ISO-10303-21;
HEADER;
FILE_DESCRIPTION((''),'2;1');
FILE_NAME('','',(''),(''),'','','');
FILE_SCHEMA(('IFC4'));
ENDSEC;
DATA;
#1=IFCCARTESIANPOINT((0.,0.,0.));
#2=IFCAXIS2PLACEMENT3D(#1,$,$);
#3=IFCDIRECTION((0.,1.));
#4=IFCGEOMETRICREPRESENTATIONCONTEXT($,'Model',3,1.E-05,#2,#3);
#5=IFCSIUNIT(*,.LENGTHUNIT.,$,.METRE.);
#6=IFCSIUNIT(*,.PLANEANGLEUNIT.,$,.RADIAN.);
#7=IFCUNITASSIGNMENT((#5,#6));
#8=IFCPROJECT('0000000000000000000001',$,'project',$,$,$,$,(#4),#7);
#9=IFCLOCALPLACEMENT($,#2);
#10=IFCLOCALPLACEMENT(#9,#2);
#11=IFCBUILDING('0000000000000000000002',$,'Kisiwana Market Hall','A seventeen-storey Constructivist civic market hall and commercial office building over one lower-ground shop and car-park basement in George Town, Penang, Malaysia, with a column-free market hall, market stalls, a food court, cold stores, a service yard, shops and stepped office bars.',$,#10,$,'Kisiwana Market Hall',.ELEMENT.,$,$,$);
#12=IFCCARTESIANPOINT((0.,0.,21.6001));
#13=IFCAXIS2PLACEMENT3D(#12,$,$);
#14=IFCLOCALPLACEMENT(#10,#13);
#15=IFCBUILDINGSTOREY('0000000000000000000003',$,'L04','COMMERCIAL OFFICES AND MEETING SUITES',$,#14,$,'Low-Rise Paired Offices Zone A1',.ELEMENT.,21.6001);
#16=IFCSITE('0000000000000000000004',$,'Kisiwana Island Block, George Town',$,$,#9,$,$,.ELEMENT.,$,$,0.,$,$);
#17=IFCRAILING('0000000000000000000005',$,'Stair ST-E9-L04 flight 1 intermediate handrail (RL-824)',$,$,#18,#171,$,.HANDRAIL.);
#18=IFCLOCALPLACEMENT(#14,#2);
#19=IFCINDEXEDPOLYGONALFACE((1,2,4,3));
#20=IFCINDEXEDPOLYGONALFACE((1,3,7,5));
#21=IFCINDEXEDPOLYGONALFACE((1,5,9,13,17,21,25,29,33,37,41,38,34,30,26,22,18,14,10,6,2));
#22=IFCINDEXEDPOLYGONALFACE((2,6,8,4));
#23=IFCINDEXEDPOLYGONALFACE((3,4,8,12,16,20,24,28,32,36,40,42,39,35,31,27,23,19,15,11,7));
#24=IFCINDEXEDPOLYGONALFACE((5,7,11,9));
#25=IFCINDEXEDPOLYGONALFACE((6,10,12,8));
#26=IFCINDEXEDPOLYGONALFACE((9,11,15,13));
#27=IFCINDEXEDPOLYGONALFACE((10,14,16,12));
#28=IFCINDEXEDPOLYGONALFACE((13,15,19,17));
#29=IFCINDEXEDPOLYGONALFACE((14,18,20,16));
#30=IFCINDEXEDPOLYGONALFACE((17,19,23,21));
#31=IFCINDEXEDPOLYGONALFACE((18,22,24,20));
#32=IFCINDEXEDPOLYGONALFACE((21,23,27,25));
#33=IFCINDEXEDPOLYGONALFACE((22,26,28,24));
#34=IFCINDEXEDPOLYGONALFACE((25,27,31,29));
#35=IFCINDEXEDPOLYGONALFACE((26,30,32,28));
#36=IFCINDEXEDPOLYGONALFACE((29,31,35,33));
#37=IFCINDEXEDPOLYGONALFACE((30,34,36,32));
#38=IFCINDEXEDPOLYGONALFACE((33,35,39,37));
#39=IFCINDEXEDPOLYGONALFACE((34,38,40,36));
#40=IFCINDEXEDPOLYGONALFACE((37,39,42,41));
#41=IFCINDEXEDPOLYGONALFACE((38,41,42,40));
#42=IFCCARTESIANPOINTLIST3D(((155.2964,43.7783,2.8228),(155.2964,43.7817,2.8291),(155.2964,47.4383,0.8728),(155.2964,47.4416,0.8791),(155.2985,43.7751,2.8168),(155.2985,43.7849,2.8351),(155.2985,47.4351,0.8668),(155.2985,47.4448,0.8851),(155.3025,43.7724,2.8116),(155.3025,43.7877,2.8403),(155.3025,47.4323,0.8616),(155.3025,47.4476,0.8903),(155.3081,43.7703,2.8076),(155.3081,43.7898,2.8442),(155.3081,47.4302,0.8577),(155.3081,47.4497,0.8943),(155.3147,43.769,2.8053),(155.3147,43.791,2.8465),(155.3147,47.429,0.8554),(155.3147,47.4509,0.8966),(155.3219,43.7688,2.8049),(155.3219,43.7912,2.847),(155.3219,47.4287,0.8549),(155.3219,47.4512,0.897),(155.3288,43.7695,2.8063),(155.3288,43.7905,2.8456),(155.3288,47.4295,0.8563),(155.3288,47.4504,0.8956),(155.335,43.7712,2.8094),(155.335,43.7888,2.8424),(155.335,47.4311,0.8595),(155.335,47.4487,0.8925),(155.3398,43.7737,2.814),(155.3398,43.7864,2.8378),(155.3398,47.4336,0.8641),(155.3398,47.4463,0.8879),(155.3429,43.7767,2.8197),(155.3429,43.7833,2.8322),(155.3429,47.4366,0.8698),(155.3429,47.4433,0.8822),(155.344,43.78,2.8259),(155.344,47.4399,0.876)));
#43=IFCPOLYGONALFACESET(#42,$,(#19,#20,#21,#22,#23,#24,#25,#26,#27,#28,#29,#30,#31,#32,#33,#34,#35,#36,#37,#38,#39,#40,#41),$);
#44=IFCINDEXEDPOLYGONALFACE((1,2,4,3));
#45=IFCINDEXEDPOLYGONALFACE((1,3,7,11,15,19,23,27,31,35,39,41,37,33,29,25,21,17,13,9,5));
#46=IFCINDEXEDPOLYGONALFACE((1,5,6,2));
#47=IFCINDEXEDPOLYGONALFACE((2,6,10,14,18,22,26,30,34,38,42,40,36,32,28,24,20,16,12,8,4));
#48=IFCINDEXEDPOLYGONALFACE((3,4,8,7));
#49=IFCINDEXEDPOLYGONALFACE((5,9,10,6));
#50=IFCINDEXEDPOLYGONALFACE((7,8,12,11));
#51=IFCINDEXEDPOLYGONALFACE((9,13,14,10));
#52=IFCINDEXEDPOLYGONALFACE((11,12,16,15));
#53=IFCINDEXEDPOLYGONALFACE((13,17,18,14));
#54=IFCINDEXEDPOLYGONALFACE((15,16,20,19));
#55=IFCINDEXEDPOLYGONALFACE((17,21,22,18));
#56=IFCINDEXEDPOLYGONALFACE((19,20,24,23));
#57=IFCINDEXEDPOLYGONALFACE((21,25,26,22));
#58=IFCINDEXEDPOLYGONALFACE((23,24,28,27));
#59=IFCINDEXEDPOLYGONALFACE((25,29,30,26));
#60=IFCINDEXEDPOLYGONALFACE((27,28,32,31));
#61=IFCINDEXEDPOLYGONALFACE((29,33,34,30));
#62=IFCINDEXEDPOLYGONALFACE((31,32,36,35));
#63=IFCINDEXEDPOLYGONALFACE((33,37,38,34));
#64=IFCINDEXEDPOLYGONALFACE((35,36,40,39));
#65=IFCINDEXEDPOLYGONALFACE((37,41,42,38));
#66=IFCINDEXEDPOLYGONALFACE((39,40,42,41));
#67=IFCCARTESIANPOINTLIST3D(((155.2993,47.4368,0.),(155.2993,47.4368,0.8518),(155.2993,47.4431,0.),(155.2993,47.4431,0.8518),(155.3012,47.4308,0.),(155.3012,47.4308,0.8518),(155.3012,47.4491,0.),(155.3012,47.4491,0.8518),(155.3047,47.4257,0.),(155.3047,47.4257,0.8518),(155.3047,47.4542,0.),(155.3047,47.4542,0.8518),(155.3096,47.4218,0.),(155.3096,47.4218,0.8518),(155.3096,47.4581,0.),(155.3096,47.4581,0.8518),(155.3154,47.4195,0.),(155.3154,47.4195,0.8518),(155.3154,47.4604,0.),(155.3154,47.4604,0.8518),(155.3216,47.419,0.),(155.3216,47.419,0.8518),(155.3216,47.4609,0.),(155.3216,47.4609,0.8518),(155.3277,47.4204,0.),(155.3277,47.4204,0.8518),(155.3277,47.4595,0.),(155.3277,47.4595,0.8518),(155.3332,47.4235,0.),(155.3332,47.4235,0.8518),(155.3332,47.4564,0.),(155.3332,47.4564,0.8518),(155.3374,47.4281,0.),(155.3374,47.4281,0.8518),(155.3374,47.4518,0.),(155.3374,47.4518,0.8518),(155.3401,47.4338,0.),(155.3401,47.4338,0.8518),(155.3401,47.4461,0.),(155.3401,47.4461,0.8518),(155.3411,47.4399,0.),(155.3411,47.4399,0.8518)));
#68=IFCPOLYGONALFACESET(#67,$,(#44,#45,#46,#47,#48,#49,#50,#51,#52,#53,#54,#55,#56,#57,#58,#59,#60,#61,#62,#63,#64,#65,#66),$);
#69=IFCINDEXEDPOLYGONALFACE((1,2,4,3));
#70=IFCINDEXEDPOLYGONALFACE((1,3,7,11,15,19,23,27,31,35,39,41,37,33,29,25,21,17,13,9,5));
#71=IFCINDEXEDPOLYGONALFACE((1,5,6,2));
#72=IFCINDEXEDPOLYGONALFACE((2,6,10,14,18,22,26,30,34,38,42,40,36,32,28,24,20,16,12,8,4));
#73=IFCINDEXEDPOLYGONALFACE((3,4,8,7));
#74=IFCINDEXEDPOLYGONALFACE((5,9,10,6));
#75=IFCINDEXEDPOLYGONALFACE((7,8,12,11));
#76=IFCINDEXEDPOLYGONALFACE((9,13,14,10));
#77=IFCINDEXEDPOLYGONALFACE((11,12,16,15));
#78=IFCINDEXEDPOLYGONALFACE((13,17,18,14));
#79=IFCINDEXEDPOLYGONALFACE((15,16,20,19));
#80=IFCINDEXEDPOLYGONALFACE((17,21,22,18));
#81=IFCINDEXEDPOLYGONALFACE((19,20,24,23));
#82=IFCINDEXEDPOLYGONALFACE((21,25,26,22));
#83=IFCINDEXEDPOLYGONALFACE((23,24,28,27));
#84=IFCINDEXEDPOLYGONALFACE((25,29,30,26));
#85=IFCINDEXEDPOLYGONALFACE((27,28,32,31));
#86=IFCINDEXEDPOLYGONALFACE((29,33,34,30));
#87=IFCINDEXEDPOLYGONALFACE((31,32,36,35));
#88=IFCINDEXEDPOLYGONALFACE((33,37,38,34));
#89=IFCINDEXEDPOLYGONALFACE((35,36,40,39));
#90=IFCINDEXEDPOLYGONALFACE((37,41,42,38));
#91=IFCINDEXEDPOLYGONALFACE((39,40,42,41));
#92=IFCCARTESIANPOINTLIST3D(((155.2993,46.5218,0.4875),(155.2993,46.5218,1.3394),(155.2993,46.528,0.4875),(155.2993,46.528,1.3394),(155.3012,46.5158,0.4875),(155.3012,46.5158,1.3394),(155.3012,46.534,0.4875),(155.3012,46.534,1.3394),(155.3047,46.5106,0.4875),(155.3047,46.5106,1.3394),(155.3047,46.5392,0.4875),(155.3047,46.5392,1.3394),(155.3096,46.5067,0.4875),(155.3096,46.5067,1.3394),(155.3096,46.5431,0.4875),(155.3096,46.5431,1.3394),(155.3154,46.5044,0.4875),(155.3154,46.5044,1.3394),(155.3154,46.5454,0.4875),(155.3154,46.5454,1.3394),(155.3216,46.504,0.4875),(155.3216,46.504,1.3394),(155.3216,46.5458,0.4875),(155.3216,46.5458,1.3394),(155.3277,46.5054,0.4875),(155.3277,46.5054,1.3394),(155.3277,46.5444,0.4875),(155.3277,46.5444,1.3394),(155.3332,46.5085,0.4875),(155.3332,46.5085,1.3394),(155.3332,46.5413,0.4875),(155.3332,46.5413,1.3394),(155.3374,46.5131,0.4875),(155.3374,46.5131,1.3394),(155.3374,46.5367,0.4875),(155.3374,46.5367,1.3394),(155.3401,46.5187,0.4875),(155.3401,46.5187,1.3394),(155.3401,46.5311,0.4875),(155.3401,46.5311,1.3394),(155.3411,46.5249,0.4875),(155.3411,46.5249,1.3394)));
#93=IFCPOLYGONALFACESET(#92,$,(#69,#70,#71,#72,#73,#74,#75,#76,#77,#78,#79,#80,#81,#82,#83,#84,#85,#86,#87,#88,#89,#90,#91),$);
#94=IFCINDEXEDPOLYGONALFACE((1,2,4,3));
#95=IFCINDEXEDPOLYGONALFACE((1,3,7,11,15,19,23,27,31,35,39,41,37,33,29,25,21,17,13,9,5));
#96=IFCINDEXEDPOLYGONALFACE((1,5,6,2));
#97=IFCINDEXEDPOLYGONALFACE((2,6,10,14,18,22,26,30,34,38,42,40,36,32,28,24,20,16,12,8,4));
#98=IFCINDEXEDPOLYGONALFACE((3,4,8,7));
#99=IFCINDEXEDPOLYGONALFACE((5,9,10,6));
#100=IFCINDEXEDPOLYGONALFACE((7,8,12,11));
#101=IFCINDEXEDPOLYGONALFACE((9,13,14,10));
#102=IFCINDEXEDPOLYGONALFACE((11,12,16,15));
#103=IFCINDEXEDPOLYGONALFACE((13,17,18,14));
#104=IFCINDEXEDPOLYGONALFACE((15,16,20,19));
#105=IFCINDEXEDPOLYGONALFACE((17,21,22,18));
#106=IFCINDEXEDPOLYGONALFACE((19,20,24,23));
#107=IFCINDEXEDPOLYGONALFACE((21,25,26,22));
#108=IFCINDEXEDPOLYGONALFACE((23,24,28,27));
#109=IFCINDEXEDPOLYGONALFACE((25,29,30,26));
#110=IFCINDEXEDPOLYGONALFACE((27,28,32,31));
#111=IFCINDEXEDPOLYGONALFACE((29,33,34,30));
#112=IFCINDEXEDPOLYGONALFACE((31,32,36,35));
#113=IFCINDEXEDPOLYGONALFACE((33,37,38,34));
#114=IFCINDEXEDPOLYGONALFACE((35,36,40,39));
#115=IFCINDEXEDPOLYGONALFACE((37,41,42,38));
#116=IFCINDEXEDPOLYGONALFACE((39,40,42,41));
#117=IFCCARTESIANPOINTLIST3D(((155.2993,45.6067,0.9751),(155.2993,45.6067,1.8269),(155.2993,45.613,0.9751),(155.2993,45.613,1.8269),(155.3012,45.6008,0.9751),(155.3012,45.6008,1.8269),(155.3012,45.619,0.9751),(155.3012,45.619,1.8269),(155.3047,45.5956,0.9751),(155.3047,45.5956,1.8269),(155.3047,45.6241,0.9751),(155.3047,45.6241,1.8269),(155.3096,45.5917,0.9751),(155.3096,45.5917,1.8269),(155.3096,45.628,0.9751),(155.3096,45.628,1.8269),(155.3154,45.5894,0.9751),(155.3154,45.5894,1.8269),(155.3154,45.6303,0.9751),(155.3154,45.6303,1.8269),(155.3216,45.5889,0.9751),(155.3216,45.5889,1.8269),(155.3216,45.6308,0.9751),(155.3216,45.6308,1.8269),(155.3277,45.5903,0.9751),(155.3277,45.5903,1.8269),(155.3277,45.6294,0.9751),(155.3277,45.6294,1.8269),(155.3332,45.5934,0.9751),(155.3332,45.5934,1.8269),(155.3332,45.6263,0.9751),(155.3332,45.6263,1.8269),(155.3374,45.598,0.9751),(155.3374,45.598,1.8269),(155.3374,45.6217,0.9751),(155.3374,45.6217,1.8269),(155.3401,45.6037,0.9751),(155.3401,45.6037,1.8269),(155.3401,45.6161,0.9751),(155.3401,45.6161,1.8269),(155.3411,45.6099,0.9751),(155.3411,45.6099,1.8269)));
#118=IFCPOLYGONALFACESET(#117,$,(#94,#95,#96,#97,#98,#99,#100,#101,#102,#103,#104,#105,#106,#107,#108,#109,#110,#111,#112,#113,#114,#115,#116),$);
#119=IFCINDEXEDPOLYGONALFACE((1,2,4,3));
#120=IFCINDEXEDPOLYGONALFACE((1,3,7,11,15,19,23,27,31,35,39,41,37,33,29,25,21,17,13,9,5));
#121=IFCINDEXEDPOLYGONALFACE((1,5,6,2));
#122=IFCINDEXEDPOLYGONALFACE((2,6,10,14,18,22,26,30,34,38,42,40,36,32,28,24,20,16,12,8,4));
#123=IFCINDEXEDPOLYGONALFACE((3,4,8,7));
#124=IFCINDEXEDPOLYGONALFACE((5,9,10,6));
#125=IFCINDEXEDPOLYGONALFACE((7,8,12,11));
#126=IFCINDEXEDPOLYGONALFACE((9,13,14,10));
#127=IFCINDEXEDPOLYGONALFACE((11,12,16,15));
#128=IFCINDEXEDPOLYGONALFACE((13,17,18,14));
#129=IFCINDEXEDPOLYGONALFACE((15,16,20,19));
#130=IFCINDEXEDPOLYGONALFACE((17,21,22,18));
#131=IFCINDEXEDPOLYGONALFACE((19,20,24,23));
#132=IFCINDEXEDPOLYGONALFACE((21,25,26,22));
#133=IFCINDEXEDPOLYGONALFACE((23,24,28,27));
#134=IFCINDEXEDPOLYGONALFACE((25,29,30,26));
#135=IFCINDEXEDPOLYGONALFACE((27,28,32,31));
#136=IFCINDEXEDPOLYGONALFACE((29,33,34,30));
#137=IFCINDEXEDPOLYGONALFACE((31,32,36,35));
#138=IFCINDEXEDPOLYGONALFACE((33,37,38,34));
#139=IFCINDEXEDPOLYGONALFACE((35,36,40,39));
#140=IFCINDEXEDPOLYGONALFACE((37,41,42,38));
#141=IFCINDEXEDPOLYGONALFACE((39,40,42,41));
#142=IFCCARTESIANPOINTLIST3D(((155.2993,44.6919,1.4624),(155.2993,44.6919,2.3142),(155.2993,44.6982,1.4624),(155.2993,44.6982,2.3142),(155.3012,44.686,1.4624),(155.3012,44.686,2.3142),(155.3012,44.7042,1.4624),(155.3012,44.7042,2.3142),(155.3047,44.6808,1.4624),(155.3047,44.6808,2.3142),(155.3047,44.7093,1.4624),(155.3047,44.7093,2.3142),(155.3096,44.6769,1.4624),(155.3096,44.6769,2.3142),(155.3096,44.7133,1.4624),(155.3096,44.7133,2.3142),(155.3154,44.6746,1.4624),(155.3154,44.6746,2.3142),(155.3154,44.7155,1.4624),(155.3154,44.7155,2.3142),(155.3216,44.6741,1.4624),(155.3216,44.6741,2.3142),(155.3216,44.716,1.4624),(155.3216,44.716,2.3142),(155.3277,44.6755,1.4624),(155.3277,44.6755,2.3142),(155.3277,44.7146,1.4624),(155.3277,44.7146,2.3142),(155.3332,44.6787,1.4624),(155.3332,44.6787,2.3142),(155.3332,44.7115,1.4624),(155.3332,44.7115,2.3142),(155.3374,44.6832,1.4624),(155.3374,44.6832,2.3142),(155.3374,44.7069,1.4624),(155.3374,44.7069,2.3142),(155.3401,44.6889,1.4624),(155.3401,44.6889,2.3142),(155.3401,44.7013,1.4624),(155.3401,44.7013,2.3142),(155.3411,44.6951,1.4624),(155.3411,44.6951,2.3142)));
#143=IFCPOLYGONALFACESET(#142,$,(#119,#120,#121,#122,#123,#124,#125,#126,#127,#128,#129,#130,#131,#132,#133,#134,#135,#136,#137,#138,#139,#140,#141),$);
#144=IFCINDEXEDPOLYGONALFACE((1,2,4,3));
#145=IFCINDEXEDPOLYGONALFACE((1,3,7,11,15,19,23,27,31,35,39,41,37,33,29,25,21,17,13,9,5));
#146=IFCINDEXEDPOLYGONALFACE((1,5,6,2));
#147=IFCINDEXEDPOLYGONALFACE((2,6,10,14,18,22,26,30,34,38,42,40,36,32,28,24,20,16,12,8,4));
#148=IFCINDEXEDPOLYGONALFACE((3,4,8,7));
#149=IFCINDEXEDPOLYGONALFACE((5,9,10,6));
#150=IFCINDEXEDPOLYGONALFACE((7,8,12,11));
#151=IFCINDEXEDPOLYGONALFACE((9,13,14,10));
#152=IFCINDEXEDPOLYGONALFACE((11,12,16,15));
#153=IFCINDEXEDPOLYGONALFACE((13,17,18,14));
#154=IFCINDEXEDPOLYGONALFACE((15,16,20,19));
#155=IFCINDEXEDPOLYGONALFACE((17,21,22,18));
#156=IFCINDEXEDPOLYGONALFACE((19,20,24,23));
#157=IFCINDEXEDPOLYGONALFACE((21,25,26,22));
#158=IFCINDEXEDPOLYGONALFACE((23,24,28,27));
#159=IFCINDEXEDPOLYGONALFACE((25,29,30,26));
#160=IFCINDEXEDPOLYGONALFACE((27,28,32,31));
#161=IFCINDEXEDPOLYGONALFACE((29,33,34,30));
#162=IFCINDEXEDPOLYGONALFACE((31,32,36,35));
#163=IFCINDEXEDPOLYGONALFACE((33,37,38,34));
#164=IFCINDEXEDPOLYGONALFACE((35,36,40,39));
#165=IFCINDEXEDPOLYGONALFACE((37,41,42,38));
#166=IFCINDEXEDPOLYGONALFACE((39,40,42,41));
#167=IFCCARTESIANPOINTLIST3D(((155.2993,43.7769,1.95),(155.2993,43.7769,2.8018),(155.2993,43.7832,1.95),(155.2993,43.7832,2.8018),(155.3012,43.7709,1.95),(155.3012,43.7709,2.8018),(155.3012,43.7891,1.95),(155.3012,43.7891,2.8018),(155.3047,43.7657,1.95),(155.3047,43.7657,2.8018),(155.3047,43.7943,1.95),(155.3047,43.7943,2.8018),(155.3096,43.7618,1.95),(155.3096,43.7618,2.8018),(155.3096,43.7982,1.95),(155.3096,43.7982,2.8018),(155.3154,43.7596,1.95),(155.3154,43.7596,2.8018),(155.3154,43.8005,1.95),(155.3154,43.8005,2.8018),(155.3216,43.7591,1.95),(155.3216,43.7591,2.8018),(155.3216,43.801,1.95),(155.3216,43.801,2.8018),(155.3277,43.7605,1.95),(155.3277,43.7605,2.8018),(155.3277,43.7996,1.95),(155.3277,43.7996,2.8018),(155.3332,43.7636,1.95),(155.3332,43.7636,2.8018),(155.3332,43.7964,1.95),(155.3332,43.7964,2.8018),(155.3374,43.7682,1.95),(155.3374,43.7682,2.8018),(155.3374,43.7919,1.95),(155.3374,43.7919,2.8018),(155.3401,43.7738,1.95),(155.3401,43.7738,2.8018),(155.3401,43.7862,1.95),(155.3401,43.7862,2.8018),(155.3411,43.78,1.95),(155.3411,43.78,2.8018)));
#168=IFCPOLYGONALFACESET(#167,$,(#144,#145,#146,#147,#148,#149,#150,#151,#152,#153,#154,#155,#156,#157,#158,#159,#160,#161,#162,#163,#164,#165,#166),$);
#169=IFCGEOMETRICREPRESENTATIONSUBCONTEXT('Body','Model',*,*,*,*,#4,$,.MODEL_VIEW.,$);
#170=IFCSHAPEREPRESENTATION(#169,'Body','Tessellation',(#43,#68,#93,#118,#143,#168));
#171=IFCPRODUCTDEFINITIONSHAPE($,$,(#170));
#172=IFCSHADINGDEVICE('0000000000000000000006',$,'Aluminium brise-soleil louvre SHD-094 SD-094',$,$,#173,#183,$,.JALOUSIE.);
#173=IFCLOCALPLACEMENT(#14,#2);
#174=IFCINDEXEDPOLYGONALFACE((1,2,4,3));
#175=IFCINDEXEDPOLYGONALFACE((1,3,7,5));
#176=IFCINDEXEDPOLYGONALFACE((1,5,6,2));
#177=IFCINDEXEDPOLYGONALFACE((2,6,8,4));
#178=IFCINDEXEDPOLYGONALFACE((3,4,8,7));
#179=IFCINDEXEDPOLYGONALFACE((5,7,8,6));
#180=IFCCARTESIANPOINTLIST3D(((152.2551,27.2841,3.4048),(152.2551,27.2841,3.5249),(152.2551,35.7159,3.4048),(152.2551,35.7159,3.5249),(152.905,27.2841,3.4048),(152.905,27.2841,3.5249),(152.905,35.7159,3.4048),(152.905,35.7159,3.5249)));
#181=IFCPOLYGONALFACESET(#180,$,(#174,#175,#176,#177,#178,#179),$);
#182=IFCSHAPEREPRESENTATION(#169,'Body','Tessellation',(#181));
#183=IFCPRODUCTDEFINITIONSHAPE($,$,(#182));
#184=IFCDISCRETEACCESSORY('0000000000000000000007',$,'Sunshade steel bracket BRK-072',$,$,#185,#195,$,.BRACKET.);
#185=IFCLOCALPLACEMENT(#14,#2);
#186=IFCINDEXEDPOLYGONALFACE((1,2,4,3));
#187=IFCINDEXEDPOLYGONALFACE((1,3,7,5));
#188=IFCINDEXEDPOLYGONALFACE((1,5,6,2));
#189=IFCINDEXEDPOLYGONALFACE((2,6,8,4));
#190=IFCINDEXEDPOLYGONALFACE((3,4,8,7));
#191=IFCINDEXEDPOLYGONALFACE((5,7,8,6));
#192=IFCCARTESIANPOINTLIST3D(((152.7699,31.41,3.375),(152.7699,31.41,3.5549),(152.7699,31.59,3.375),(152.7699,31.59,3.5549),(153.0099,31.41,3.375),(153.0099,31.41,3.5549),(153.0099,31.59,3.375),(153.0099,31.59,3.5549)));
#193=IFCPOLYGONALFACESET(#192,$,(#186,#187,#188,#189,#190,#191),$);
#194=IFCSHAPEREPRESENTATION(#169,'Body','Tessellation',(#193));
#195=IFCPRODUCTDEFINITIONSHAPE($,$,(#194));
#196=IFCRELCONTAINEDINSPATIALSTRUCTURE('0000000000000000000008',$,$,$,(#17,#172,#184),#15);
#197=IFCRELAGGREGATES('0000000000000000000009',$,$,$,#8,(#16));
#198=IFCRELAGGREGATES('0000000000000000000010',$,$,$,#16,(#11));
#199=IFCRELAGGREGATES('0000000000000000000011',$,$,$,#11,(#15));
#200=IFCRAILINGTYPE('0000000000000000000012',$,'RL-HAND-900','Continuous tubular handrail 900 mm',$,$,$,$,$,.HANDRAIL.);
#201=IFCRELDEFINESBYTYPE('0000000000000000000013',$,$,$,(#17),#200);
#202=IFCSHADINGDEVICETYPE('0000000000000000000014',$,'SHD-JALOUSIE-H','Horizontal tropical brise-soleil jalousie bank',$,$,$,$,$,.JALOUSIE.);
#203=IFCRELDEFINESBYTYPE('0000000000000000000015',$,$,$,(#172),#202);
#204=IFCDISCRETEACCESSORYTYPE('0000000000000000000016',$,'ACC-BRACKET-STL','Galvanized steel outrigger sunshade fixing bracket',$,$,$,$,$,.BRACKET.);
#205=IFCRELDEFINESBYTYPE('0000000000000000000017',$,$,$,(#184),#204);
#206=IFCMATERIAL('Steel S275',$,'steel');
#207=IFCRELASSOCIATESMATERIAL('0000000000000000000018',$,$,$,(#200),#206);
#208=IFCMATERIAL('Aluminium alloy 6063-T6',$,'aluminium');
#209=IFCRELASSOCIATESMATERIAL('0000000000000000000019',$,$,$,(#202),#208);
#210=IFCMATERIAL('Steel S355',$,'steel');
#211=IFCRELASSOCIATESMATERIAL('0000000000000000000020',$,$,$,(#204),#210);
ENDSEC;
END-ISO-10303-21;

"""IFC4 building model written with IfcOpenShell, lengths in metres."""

from ifc_helpers import new_model, si_unit, direction, frame, origin, origin_2d, place, context, subcontext, project, spatial, rectangle, circle, extrude, material, type_object, element, save


model = new_model("IFC4")

# Units and contexts
model_context = context("Model", 3, precision=1e-05, world=origin(), true_north=direction((0.0, 1.0)))
body_context = subcontext(model_context, "Body", "Model", "MODEL_VIEW")
ifc_project = project(units=[si_unit("LENGTHUNIT", "METRE"), si_unit("PLANEANGLEUNIT", "RADIAN")], contexts=[model_context])

# Site, building, storey
site_placement = place(None, origin())
site = spatial("IfcSite", under=ifc_project, at=site_placement, Name="Kisiwana Island Block, George Town", CompositionType="ELEMENT", RefElevation=0.0)
building_placement = place(site_placement, origin())
building = spatial("IfcBuilding", under=site, at=building_placement, Name="Kisiwana Market Hall", Description="A seventeen-storey Constructivist civic market hall and commercial office building over one lower-ground shop and car-park basement in George Town, Penang, Malaysia, with a column-free market hall, market stalls, a food court, cold stores, a service yard, shops and stepped office bars.", LongName="Kisiwana Market Hall", CompositionType="ELEMENT")
storey_placement = place(building_placement, frame((0.0, 0.0, 21.6001)))
storey = spatial("IfcBuildingStorey", under=building, at=storey_placement, Name="L04", Description="COMMERCIAL OFFICES AND MEETING SUITES", LongName="Low-Rise Paired Offices Zone A1", CompositionType="ELEMENT", Elevation=21.6001)

# Railing
ifc_material_1 = material(Name="Steel S275", Category="steel")
railing_type_1 = type_object("IfcRailingType", Name="RL-HAND-900", Description="Continuous tubular handrail 900 mm", PredefinedType="HANDRAIL", material=ifc_material_1)
for number, where, name in (
    (1, (155.3201, 47.4399, 0.0), "Stair ST-E9-L04 flight 1 intermediate handrail (RL-824)"),
):
    element("IfcRailing", number, at=place(storey_placement, frame(where)), inside=storey, type_object=railing_type_1, Name=name, PredefinedType="HANDRAIL", context=body_context, shape_type="SweptSolid", body=[
        extrude(circle(Radius=0.0239, at=origin_2d()), frame((0.0, 0.0, 0.876), z_axis=(0.0, -0.882553, 0.470212), x_axis=(1.0, 0.0, 0.0)), (0.0, 0.0, 1.0), 4.147),
        extrude(circle(Radius=0.021, at=origin_2d()), origin(), (0.0, 0.0, 1.0), 0.8518),
        extrude(circle(Radius=0.021, at=origin_2d()), frame((0.0, -0.915, 0.4875)), (0.0, 0.0, 1.0), 0.8518),
        extrude(circle(Radius=0.021, at=origin_2d()), frame((0.0, -1.8301, 0.9751)), (0.0, 0.0, 1.0), 0.8518),
        extrude(circle(Radius=0.021, at=origin_2d()), frame((0.0, -2.7449, 1.4624)), (0.0, 0.0, 1.0), 0.8518),
        extrude(circle(Radius=0.021, at=origin_2d()), frame((0.0, -3.6599, 1.95)), (0.0, 0.0, 1.0), 0.8518),
    ])

# Shading device
ifc_material_2 = material(Name="Aluminium alloy 6063-T6", Category="aluminium")
shading_device_type = type_object("IfcShadingDeviceType", Name="SHD-JALOUSIE-H", Description="Horizontal tropical brise-soleil jalousie bank", PredefinedType="JALOUSIE", material=ifc_material_2)
shading_device_placement = place(storey_placement, frame((152.5801, 31.5, 3.4048), z_axis=(0.0, 0.0, 1.0), x_axis=(0.0, 1.0, 0.0)))
element("IfcShadingDevice", 2, at=shading_device_placement, inside=storey, type_object=shading_device_type, Name="Aluminium brise-soleil louvre SHD-094 SD-094", PredefinedType="JALOUSIE", context=body_context, shape_type="SweptSolid", body=[
    extrude(rectangle(XDim=8.4319, YDim=0.6499, at=origin_2d()), origin(), (0.0, 0.0, 1.0), 0.1201),
])

# Discrete accessory
ifc_material_3 = material(Name="Steel S355", Category="steel")
discrete_accessory_type = type_object("IfcDiscreteAccessoryType", Name="ACC-BRACKET-STL", Description="Galvanized steel outrigger sunshade fixing bracket", PredefinedType="BRACKET", material=ifc_material_3)
discrete_accessory_placement = place(storey_placement, frame((152.8899, 31.5, 3.375), z_axis=(0.0, 0.0, 1.0), x_axis=(0.0, 1.0, 0.0)))
element("IfcDiscreteAccessory", 3, at=discrete_accessory_placement, inside=storey, type_object=discrete_accessory_type, Name="Sunshade steel bracket BRK-072", PredefinedType="BRACKET", context=body_context, shape_type="SweptSolid", body=[
    extrude(rectangle(XDim=0.1799, YDim=0.24, at=origin_2d()), origin(), (0.0, 0.0, 1.0), 0.1799),
])

save(model, "model.ifc")
